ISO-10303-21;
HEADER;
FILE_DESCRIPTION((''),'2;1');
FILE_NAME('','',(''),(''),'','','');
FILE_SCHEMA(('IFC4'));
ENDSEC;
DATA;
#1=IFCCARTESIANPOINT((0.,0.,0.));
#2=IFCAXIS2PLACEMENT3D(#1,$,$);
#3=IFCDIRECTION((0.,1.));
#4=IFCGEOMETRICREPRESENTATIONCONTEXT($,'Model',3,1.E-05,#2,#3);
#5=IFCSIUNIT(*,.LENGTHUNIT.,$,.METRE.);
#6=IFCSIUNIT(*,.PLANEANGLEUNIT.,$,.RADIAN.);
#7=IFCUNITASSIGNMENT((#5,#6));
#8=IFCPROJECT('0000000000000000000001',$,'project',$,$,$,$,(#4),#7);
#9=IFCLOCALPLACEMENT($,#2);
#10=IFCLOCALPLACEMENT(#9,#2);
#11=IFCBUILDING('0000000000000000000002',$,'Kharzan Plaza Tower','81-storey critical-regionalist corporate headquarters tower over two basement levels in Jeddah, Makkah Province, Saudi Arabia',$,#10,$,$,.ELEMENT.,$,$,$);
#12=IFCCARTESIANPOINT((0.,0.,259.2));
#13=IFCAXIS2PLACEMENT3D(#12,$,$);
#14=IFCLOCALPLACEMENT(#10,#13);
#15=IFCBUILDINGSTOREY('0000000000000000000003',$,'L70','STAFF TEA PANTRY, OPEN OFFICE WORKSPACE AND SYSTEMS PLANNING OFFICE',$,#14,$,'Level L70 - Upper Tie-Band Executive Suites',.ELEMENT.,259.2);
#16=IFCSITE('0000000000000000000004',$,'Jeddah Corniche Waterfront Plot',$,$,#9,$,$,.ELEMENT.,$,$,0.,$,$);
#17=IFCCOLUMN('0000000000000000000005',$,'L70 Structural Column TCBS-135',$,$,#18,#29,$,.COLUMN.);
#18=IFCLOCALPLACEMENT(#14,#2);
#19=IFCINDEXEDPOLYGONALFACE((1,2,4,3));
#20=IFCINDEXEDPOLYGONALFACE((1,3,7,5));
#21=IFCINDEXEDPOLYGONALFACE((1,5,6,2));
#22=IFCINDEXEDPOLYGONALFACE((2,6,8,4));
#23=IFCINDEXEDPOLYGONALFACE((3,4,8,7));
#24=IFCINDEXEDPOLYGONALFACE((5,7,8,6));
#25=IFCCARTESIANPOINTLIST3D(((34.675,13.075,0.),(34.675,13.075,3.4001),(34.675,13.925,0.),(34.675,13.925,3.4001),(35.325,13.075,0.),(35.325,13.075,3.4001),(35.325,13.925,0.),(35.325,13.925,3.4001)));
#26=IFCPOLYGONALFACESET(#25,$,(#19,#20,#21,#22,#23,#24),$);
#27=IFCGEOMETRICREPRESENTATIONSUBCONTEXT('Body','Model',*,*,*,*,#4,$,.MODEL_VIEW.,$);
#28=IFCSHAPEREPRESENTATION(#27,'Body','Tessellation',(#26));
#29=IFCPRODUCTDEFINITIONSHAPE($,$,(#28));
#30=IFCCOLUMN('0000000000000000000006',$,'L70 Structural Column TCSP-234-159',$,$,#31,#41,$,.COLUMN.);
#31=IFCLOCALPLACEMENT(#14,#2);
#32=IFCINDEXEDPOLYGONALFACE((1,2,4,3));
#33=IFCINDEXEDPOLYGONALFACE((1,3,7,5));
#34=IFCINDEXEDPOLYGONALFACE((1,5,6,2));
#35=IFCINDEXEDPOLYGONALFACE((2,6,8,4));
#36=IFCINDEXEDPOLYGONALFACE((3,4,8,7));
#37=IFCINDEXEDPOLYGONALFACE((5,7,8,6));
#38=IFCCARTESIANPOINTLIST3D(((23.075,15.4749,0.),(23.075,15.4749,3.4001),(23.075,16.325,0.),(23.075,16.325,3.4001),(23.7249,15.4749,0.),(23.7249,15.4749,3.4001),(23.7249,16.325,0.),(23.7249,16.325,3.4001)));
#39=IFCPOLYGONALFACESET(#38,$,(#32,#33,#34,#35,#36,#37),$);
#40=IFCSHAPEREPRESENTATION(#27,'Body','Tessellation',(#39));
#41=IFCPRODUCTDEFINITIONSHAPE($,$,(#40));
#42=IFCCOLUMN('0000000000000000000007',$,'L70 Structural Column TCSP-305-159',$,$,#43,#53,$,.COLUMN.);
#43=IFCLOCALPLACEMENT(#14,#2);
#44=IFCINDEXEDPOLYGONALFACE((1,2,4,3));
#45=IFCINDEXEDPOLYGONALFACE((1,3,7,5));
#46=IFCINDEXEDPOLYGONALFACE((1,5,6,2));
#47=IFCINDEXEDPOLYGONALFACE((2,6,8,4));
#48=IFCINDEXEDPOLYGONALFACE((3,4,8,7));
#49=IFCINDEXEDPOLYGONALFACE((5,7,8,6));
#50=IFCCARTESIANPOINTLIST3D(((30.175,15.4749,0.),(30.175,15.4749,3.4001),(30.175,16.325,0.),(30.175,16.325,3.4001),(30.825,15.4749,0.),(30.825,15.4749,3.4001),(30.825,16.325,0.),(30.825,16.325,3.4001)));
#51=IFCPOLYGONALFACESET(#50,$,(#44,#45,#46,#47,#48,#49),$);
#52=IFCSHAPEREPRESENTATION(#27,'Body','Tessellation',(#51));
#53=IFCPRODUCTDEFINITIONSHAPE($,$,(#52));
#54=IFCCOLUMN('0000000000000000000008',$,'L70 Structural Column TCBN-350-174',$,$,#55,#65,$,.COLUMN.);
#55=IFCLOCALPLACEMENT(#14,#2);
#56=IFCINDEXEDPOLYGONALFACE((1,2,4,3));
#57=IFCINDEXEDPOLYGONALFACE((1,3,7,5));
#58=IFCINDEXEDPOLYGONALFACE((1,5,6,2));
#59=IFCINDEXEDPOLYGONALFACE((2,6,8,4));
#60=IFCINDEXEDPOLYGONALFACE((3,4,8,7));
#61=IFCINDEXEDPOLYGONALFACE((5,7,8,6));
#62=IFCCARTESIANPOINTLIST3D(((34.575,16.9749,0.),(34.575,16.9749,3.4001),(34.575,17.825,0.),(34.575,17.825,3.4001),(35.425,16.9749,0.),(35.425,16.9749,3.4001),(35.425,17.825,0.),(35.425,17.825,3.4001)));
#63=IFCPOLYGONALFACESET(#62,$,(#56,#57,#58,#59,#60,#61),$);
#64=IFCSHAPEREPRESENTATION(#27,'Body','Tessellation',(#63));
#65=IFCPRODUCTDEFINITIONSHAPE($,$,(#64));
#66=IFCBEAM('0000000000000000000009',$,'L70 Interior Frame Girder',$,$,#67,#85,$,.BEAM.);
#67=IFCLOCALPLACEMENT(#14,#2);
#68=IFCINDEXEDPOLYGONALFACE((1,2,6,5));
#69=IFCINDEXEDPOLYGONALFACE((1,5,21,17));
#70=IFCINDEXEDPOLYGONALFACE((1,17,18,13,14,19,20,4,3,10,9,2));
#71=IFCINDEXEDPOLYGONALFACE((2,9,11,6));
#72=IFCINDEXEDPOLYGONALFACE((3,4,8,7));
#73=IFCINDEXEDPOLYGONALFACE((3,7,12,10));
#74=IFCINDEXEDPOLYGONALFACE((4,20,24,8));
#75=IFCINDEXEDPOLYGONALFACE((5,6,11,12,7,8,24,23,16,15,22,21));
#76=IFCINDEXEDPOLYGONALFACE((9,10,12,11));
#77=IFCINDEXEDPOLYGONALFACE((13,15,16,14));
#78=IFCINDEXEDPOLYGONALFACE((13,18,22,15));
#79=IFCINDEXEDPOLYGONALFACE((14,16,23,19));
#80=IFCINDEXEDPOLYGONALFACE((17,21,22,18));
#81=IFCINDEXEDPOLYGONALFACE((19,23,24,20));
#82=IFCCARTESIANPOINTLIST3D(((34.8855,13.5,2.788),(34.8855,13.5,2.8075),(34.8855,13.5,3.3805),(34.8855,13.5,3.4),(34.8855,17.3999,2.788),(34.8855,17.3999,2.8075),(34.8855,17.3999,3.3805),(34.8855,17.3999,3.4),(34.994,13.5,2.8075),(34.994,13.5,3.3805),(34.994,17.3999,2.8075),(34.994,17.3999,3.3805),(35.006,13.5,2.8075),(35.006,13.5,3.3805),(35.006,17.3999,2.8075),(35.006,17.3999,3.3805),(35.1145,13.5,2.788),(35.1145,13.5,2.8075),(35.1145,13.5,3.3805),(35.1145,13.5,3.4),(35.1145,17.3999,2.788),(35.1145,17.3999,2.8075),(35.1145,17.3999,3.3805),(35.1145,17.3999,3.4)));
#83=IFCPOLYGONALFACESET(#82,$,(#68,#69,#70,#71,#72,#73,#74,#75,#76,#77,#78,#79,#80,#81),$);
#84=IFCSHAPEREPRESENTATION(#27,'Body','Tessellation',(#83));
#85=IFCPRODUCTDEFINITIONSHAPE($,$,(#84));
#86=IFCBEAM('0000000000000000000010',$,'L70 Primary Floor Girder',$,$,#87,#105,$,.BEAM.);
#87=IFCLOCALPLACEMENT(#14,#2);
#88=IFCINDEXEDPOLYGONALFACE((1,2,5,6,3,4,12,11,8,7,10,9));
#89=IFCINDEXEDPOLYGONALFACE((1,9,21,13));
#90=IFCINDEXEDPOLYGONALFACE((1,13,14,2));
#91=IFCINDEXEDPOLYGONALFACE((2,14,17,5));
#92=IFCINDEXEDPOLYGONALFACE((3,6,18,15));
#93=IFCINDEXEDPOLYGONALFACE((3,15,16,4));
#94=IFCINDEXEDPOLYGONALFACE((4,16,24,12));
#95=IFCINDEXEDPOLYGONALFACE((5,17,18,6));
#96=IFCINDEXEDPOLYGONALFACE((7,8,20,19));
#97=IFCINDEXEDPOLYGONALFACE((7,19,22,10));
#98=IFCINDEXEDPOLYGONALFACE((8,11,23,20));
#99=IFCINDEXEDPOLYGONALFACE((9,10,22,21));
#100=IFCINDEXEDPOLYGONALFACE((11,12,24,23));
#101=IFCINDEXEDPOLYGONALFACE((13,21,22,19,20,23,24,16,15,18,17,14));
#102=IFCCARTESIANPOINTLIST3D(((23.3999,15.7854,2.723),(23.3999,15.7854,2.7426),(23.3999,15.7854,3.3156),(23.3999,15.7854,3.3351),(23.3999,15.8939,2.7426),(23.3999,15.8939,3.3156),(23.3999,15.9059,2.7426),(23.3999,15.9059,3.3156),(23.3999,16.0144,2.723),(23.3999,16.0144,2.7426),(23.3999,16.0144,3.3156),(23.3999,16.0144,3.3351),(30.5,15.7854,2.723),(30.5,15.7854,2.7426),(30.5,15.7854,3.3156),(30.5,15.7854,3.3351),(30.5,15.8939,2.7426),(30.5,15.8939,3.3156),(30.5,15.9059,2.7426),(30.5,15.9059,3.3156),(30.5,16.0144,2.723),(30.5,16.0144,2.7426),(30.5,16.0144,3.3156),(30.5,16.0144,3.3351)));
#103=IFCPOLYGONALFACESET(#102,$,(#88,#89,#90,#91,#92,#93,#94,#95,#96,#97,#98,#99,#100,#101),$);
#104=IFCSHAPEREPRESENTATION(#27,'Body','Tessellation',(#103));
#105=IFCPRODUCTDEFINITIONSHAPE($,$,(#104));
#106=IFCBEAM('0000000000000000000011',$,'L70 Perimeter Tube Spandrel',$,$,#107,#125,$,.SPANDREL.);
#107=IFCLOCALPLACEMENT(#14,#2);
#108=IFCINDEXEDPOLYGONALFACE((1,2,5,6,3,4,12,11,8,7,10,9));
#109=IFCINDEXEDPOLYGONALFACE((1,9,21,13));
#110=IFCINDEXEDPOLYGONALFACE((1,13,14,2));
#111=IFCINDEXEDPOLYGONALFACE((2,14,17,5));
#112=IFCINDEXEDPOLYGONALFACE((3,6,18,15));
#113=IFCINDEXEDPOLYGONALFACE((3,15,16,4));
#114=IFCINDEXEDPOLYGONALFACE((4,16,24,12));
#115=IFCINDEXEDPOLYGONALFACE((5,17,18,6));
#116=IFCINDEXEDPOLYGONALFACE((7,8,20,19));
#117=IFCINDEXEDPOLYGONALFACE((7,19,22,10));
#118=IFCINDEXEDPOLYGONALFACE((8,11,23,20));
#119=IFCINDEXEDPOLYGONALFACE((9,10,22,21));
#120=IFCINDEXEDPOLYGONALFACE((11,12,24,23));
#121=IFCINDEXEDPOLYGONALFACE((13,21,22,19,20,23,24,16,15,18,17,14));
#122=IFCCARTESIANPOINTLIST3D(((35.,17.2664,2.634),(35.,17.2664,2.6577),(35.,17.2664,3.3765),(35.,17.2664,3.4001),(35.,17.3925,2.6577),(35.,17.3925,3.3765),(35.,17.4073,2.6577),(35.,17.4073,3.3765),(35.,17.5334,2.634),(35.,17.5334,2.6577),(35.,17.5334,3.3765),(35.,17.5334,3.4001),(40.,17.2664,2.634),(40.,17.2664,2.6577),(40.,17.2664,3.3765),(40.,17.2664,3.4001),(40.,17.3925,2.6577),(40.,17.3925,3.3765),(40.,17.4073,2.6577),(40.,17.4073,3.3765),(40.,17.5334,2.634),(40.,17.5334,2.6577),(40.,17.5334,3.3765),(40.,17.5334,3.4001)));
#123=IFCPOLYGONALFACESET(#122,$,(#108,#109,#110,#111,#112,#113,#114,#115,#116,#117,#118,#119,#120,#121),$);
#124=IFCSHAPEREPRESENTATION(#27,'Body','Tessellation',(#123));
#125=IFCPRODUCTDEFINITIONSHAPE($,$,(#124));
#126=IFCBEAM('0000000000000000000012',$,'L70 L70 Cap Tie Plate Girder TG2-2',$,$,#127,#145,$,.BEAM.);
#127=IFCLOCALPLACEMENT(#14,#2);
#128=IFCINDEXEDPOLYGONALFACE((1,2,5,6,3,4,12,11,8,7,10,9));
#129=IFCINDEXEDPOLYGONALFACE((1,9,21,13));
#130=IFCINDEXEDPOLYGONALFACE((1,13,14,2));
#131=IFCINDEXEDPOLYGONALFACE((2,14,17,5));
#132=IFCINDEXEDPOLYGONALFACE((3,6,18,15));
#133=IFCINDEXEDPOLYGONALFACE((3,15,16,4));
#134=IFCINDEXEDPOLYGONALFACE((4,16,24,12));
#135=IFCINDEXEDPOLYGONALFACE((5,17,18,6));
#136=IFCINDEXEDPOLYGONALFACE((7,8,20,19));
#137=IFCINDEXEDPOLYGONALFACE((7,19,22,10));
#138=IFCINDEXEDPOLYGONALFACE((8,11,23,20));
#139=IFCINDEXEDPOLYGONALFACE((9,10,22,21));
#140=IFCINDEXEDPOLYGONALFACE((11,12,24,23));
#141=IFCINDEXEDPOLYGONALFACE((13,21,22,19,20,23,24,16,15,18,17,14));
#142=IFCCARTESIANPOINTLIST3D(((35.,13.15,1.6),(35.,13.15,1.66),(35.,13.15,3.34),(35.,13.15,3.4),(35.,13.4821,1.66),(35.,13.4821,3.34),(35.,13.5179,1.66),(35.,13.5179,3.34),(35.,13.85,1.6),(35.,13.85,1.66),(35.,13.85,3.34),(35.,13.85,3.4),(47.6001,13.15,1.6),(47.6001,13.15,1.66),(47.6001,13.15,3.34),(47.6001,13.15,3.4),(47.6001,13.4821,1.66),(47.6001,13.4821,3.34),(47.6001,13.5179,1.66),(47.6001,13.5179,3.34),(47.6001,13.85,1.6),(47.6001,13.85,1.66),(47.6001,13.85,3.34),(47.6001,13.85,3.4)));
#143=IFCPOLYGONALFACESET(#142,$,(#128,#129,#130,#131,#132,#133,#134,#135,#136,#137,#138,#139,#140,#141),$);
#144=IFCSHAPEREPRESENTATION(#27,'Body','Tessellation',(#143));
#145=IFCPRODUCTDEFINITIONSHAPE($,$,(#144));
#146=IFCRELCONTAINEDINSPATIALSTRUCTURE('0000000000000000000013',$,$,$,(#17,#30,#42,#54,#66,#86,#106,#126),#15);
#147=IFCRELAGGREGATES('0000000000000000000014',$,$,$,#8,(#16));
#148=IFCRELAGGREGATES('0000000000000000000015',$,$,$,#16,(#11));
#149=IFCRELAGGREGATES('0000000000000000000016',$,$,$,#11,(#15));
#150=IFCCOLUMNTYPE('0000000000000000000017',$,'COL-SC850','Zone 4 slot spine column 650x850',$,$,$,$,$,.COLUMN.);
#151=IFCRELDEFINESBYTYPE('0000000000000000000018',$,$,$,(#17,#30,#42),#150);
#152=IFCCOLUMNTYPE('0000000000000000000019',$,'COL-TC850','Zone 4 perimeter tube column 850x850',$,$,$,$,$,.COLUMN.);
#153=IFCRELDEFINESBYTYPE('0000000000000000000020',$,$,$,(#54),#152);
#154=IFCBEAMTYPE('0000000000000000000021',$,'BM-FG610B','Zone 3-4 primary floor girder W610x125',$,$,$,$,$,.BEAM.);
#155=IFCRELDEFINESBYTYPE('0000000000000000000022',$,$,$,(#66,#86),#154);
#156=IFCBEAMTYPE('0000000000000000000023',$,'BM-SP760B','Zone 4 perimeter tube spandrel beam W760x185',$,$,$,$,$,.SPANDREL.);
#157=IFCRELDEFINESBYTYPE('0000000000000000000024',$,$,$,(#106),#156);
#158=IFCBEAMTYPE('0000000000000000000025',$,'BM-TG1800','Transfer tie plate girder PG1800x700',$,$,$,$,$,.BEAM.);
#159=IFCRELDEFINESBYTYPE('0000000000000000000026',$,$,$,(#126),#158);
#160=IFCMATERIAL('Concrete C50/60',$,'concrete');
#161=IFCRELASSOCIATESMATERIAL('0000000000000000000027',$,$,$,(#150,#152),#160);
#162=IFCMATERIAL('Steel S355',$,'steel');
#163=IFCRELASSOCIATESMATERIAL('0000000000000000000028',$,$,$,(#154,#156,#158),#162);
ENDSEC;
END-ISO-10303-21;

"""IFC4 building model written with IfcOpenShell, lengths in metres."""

from ifc_helpers import new_model, si_unit, direction, frame, origin, origin_2d, place, context, subcontext, project, spatial, rectangle, i_section, extrude, source, transform, mapped, material, material_profile, profile_set, type_object, element, save


model = new_model("IFC4")

# Units and contexts
model_context = context("Model", 3, precision=1e-05, world=origin(), true_north=direction((0.0, 1.0)))
body_context = subcontext(model_context, "Body", "Model", "MODEL_VIEW")
ifc_project = project(units=[si_unit("LENGTHUNIT", "METRE"), si_unit("PLANEANGLEUNIT", "RADIAN")], contexts=[model_context])

# Site, building, storey
site_placement = place(None, origin())
site = spatial("IfcSite", under=ifc_project, at=site_placement, Name="Jeddah Corniche Waterfront Plot", CompositionType="ELEMENT", RefElevation=0.0)
building_placement = place(site_placement, origin())
building = spatial("IfcBuilding", under=site, at=building_placement, Name="Kharzan Plaza Tower", Description="81-storey critical-regionalist corporate headquarters tower over two basement levels in Jeddah, Makkah Province, Saudi Arabia", CompositionType="ELEMENT")
storey_placement = place(building_placement, frame((0.0, 0.0, 259.2)))
storey = spatial("IfcBuildingStorey", under=building, at=storey_placement, Name="L70", Description="STAFF TEA PANTRY, OPEN OFFICE WORKSPACE AND SYSTEMS PLANNING OFFICE", LongName="Level L70 - Upper Tie-Band Executive Suites", CompositionType="ELEMENT", Elevation=259.2)

# Columns
ifc_material_1 = material(Name="Concrete C50/60", Category="concrete")
ifc_material_profile_1 = material_profile(ifc_material_1, rectangle(XDim=0.6499, YDim=0.8501, at=origin_2d()), Name="RC-SC850x650")
ifc_profile_set_1 = profile_set([ifc_material_profile_1], Name="Concrete C50/60")
column_type_1 = type_object("IfcColumnType", Name="COL-SC850", Description="Zone 4 slot spine column 650x850", PredefinedType="COLUMN", material=ifc_profile_set_1)
shared_shape_1 = source(origin(), body_context, "Body", "SweptSolid", [
    extrude(rectangle(XDim=0.6499, YDim=0.8501, at=origin_2d()), origin(), (0.0, 0.0, 1.0), 3.4001),
])
for number, where, z_axis, x_axis, name in (
    (1, (35.0, 13.5, 0.0), (0.0, 0.0, 1.0), (1.0, 0.0, 0.0), "L70 Structural Column TCBS-135"),
    (2, (23.3999, 15.8999, 0.0), (0.0, 0.0, 1.0), (1.0, 0.0, 0.0), "L70 Structural Column TCSP-234-159"),
    (3, (30.5, 15.8999, 0.0), (0.0, 0.0, 1.0), (1.0, 0.0, 0.0), "L70 Structural Column TCSP-305-159"),
):
    element("IfcColumn", number, at=place(storey_placement, frame(where, z_axis=z_axis, x_axis=x_axis)), inside=storey, type_object=column_type_1, Name=name, PredefinedType="COLUMN", context=body_context, shape_type="MappedRepresentation", body=[
        mapped(shared_shape_1, transform((0.0, 0.0, 0.0), x_axis=(1.0, 0.0, 0.0), y_axis=(0.0, 1.0, 0.0), z_axis=(0.0, 0.0, 1.0))),
    ])
ifc_material_profile_2 = material_profile(ifc_material_1, rectangle(XDim=0.8501, YDim=0.8501, at=origin_2d()), Name="RC-TC850x850")
ifc_profile_set_2 = profile_set([ifc_material_profile_2], Name="Concrete C50/60")
column_type_2 = type_object("IfcColumnType", Name="COL-TC850", Description="Zone 4 perimeter tube column 850x850", PredefinedType="COLUMN", material=ifc_profile_set_2)
shared_shape_2 = source(origin(), body_context, "Body", "SweptSolid", [
    extrude(rectangle(XDim=0.8501, YDim=0.8501, at=origin_2d()), origin(), (0.0, 0.0, 1.0), 3.4001),
])
column_placement = place(storey_placement, frame((35.0, 17.3999, 0.0), z_axis=(0.0, 0.0, 1.0), x_axis=(1.0, 0.0, 0.0)))
element("IfcColumn", 4, at=column_placement, inside=storey, type_object=column_type_2, Name="L70 Structural Column TCBN-350-174", PredefinedType="COLUMN", context=body_context, shape_type="MappedRepresentation", body=[
    mapped(shared_shape_2, transform((0.0, 0.0, 0.0), x_axis=(1.0, 0.0, 0.0), y_axis=(0.0, 1.0, 0.0), z_axis=(0.0, 0.0, 1.0))),
])

# Beams
ifc_material_2 = material(Name="Steel S355", Category="steel")
ifc_material_profile_3 = material_profile(ifc_material_2, i_section(OverallWidth=0.229, OverallDepth=0.6121, WebThickness=0.012, FlangeThickness=0.0195, at=origin_2d()), Name="W610x125")
ifc_profile_set_3 = profile_set([ifc_material_profile_3], Name="Steel S355")
beam_type_1 = type_object("IfcBeamType", Name="BM-FG610B", Description="Zone 3-4 primary floor girder W610x125", PredefinedType="BEAM", material=ifc_profile_set_3)
shared_shape_3 = source(origin(), body_context, "Body", "SweptSolid", [
    extrude(i_section(OverallWidth=0.229, OverallDepth=0.6121, WebThickness=0.012, FlangeThickness=0.0195, at=origin_2d()), origin(), (0.0, 0.0, 1.0), 3.8999),
])
beam_1_placement = place(storey_placement, frame((35.0, 13.5, 3.094), z_axis=(0.0, 1.0, 0.0), x_axis=(-1.0, 0.0, 0.0)))
element("IfcBeam", 5, at=beam_1_placement, inside=storey, type_object=beam_type_1, Name="L70 Interior Frame Girder", PredefinedType="BEAM", context=body_context, shape_type="MappedRepresentation", body=[
    mapped(shared_shape_3, transform((0.0, 0.0, 0.0), x_axis=(1.0, 0.0, 0.0), y_axis=(0.0, 1.0, 0.0), z_axis=(0.0, 0.0, 1.0))),
])
shared_shape_4 = source(origin(), body_context, "Body", "SweptSolid", [
    extrude(i_section(OverallWidth=0.229, OverallDepth=0.6121, WebThickness=0.012, FlangeThickness=0.0195, at=origin_2d()), origin(), (0.0, 0.0, 1.0), 7.1001),
])
beam_2_placement = place(storey_placement, frame((23.3999, 15.8999, 3.0291), z_axis=(1.0, 0.0, 0.0), x_axis=(0.0, 1.0, 0.0)))
element("IfcBeam", 6, at=beam_2_placement, inside=storey, type_object=beam_type_1, Name="L70 Primary Floor Girder", PredefinedType="BEAM", context=body_context, shape_type="MappedRepresentation", body=[
    mapped(shared_shape_4, transform((0.0, 0.0, 0.0), x_axis=(1.0, 0.0, 0.0), y_axis=(0.0, 1.0, 0.0), z_axis=(0.0, 0.0, 1.0))),
])
ifc_material_profile_4 = material_profile(ifc_material_2, i_section(OverallWidth=0.2671, OverallDepth=0.7661, WebThickness=0.0149, FlangeThickness=0.0237, at=origin_2d()), Name="W760x185")
ifc_profile_set_4 = profile_set([ifc_material_profile_4], Name="Steel S355")
beam_type_2 = type_object("IfcBeamType", Name="BM-SP760B", Description="Zone 4 perimeter tube spandrel beam W760x185", PredefinedType="SPANDREL", material=ifc_profile_set_4)
shared_shape_5 = source(origin(), body_context, "Body", "SweptSolid", [
    extrude(i_section(OverallWidth=0.2671, OverallDepth=0.7661, WebThickness=0.0149, FlangeThickness=0.0237, at=origin_2d()), origin(), (0.0, 0.0, 1.0), 5.0),
])
beam_3_placement = place(storey_placement, frame((35.0, 17.3999, 3.0171), z_axis=(1.0, 0.0, 0.0), x_axis=(0.0, 1.0, 0.0)))
element("IfcBeam", 7, at=beam_3_placement, inside=storey, type_object=beam_type_2, Name="L70 Perimeter Tube Spandrel", PredefinedType="SPANDREL", context=body_context, shape_type="MappedRepresentation", body=[
    mapped(shared_shape_5, transform((0.0, 0.0, 0.0), x_axis=(1.0, 0.0, 0.0), y_axis=(0.0, 1.0, 0.0), z_axis=(0.0, 0.0, 1.0))),
])
ifc_material_profile_5 = material_profile(ifc_material_2, i_section(OverallWidth=0.7, OverallDepth=1.8, WebThickness=0.0359, FlangeThickness=0.0601, at=origin_2d()), Name="PG1800x700")
ifc_profile_set_5 = profile_set([ifc_material_profile_5], Name="Steel S355")
beam_type_3 = type_object("IfcBeamType", Name="BM-TG1800", Description="Transfer tie plate girder PG1800x700", PredefinedType="BEAM", material=ifc_profile_set_5)
shared_shape_6 = source(origin(), body_context, "Body", "SweptSolid", [
    extrude(i_section(OverallWidth=0.7, OverallDepth=1.8, WebThickness=0.0359, FlangeThickness=0.0601, at=origin_2d()), origin(), (0.0, 0.0, 1.0), 12.6001),
])
beam_4_placement = place(storey_placement, frame((35.0, 13.5, 2.5), z_axis=(1.0, 0.0, 0.0), x_axis=(0.0, 1.0, 0.0)))
element("IfcBeam", 8, at=beam_4_placement, inside=storey, type_object=beam_type_3, Name="L70 L70 Cap Tie Plate Girder TG2-2", PredefinedType="BEAM", context=body_context, shape_type="MappedRepresentation", body=[
    mapped(shared_shape_6, transform((0.0, 0.0, 0.0), x_axis=(1.0, 0.0, 0.0), y_axis=(0.0, 1.0, 0.0), z_axis=(0.0, 0.0, 1.0))),
])

save(model, "model.ifc")
